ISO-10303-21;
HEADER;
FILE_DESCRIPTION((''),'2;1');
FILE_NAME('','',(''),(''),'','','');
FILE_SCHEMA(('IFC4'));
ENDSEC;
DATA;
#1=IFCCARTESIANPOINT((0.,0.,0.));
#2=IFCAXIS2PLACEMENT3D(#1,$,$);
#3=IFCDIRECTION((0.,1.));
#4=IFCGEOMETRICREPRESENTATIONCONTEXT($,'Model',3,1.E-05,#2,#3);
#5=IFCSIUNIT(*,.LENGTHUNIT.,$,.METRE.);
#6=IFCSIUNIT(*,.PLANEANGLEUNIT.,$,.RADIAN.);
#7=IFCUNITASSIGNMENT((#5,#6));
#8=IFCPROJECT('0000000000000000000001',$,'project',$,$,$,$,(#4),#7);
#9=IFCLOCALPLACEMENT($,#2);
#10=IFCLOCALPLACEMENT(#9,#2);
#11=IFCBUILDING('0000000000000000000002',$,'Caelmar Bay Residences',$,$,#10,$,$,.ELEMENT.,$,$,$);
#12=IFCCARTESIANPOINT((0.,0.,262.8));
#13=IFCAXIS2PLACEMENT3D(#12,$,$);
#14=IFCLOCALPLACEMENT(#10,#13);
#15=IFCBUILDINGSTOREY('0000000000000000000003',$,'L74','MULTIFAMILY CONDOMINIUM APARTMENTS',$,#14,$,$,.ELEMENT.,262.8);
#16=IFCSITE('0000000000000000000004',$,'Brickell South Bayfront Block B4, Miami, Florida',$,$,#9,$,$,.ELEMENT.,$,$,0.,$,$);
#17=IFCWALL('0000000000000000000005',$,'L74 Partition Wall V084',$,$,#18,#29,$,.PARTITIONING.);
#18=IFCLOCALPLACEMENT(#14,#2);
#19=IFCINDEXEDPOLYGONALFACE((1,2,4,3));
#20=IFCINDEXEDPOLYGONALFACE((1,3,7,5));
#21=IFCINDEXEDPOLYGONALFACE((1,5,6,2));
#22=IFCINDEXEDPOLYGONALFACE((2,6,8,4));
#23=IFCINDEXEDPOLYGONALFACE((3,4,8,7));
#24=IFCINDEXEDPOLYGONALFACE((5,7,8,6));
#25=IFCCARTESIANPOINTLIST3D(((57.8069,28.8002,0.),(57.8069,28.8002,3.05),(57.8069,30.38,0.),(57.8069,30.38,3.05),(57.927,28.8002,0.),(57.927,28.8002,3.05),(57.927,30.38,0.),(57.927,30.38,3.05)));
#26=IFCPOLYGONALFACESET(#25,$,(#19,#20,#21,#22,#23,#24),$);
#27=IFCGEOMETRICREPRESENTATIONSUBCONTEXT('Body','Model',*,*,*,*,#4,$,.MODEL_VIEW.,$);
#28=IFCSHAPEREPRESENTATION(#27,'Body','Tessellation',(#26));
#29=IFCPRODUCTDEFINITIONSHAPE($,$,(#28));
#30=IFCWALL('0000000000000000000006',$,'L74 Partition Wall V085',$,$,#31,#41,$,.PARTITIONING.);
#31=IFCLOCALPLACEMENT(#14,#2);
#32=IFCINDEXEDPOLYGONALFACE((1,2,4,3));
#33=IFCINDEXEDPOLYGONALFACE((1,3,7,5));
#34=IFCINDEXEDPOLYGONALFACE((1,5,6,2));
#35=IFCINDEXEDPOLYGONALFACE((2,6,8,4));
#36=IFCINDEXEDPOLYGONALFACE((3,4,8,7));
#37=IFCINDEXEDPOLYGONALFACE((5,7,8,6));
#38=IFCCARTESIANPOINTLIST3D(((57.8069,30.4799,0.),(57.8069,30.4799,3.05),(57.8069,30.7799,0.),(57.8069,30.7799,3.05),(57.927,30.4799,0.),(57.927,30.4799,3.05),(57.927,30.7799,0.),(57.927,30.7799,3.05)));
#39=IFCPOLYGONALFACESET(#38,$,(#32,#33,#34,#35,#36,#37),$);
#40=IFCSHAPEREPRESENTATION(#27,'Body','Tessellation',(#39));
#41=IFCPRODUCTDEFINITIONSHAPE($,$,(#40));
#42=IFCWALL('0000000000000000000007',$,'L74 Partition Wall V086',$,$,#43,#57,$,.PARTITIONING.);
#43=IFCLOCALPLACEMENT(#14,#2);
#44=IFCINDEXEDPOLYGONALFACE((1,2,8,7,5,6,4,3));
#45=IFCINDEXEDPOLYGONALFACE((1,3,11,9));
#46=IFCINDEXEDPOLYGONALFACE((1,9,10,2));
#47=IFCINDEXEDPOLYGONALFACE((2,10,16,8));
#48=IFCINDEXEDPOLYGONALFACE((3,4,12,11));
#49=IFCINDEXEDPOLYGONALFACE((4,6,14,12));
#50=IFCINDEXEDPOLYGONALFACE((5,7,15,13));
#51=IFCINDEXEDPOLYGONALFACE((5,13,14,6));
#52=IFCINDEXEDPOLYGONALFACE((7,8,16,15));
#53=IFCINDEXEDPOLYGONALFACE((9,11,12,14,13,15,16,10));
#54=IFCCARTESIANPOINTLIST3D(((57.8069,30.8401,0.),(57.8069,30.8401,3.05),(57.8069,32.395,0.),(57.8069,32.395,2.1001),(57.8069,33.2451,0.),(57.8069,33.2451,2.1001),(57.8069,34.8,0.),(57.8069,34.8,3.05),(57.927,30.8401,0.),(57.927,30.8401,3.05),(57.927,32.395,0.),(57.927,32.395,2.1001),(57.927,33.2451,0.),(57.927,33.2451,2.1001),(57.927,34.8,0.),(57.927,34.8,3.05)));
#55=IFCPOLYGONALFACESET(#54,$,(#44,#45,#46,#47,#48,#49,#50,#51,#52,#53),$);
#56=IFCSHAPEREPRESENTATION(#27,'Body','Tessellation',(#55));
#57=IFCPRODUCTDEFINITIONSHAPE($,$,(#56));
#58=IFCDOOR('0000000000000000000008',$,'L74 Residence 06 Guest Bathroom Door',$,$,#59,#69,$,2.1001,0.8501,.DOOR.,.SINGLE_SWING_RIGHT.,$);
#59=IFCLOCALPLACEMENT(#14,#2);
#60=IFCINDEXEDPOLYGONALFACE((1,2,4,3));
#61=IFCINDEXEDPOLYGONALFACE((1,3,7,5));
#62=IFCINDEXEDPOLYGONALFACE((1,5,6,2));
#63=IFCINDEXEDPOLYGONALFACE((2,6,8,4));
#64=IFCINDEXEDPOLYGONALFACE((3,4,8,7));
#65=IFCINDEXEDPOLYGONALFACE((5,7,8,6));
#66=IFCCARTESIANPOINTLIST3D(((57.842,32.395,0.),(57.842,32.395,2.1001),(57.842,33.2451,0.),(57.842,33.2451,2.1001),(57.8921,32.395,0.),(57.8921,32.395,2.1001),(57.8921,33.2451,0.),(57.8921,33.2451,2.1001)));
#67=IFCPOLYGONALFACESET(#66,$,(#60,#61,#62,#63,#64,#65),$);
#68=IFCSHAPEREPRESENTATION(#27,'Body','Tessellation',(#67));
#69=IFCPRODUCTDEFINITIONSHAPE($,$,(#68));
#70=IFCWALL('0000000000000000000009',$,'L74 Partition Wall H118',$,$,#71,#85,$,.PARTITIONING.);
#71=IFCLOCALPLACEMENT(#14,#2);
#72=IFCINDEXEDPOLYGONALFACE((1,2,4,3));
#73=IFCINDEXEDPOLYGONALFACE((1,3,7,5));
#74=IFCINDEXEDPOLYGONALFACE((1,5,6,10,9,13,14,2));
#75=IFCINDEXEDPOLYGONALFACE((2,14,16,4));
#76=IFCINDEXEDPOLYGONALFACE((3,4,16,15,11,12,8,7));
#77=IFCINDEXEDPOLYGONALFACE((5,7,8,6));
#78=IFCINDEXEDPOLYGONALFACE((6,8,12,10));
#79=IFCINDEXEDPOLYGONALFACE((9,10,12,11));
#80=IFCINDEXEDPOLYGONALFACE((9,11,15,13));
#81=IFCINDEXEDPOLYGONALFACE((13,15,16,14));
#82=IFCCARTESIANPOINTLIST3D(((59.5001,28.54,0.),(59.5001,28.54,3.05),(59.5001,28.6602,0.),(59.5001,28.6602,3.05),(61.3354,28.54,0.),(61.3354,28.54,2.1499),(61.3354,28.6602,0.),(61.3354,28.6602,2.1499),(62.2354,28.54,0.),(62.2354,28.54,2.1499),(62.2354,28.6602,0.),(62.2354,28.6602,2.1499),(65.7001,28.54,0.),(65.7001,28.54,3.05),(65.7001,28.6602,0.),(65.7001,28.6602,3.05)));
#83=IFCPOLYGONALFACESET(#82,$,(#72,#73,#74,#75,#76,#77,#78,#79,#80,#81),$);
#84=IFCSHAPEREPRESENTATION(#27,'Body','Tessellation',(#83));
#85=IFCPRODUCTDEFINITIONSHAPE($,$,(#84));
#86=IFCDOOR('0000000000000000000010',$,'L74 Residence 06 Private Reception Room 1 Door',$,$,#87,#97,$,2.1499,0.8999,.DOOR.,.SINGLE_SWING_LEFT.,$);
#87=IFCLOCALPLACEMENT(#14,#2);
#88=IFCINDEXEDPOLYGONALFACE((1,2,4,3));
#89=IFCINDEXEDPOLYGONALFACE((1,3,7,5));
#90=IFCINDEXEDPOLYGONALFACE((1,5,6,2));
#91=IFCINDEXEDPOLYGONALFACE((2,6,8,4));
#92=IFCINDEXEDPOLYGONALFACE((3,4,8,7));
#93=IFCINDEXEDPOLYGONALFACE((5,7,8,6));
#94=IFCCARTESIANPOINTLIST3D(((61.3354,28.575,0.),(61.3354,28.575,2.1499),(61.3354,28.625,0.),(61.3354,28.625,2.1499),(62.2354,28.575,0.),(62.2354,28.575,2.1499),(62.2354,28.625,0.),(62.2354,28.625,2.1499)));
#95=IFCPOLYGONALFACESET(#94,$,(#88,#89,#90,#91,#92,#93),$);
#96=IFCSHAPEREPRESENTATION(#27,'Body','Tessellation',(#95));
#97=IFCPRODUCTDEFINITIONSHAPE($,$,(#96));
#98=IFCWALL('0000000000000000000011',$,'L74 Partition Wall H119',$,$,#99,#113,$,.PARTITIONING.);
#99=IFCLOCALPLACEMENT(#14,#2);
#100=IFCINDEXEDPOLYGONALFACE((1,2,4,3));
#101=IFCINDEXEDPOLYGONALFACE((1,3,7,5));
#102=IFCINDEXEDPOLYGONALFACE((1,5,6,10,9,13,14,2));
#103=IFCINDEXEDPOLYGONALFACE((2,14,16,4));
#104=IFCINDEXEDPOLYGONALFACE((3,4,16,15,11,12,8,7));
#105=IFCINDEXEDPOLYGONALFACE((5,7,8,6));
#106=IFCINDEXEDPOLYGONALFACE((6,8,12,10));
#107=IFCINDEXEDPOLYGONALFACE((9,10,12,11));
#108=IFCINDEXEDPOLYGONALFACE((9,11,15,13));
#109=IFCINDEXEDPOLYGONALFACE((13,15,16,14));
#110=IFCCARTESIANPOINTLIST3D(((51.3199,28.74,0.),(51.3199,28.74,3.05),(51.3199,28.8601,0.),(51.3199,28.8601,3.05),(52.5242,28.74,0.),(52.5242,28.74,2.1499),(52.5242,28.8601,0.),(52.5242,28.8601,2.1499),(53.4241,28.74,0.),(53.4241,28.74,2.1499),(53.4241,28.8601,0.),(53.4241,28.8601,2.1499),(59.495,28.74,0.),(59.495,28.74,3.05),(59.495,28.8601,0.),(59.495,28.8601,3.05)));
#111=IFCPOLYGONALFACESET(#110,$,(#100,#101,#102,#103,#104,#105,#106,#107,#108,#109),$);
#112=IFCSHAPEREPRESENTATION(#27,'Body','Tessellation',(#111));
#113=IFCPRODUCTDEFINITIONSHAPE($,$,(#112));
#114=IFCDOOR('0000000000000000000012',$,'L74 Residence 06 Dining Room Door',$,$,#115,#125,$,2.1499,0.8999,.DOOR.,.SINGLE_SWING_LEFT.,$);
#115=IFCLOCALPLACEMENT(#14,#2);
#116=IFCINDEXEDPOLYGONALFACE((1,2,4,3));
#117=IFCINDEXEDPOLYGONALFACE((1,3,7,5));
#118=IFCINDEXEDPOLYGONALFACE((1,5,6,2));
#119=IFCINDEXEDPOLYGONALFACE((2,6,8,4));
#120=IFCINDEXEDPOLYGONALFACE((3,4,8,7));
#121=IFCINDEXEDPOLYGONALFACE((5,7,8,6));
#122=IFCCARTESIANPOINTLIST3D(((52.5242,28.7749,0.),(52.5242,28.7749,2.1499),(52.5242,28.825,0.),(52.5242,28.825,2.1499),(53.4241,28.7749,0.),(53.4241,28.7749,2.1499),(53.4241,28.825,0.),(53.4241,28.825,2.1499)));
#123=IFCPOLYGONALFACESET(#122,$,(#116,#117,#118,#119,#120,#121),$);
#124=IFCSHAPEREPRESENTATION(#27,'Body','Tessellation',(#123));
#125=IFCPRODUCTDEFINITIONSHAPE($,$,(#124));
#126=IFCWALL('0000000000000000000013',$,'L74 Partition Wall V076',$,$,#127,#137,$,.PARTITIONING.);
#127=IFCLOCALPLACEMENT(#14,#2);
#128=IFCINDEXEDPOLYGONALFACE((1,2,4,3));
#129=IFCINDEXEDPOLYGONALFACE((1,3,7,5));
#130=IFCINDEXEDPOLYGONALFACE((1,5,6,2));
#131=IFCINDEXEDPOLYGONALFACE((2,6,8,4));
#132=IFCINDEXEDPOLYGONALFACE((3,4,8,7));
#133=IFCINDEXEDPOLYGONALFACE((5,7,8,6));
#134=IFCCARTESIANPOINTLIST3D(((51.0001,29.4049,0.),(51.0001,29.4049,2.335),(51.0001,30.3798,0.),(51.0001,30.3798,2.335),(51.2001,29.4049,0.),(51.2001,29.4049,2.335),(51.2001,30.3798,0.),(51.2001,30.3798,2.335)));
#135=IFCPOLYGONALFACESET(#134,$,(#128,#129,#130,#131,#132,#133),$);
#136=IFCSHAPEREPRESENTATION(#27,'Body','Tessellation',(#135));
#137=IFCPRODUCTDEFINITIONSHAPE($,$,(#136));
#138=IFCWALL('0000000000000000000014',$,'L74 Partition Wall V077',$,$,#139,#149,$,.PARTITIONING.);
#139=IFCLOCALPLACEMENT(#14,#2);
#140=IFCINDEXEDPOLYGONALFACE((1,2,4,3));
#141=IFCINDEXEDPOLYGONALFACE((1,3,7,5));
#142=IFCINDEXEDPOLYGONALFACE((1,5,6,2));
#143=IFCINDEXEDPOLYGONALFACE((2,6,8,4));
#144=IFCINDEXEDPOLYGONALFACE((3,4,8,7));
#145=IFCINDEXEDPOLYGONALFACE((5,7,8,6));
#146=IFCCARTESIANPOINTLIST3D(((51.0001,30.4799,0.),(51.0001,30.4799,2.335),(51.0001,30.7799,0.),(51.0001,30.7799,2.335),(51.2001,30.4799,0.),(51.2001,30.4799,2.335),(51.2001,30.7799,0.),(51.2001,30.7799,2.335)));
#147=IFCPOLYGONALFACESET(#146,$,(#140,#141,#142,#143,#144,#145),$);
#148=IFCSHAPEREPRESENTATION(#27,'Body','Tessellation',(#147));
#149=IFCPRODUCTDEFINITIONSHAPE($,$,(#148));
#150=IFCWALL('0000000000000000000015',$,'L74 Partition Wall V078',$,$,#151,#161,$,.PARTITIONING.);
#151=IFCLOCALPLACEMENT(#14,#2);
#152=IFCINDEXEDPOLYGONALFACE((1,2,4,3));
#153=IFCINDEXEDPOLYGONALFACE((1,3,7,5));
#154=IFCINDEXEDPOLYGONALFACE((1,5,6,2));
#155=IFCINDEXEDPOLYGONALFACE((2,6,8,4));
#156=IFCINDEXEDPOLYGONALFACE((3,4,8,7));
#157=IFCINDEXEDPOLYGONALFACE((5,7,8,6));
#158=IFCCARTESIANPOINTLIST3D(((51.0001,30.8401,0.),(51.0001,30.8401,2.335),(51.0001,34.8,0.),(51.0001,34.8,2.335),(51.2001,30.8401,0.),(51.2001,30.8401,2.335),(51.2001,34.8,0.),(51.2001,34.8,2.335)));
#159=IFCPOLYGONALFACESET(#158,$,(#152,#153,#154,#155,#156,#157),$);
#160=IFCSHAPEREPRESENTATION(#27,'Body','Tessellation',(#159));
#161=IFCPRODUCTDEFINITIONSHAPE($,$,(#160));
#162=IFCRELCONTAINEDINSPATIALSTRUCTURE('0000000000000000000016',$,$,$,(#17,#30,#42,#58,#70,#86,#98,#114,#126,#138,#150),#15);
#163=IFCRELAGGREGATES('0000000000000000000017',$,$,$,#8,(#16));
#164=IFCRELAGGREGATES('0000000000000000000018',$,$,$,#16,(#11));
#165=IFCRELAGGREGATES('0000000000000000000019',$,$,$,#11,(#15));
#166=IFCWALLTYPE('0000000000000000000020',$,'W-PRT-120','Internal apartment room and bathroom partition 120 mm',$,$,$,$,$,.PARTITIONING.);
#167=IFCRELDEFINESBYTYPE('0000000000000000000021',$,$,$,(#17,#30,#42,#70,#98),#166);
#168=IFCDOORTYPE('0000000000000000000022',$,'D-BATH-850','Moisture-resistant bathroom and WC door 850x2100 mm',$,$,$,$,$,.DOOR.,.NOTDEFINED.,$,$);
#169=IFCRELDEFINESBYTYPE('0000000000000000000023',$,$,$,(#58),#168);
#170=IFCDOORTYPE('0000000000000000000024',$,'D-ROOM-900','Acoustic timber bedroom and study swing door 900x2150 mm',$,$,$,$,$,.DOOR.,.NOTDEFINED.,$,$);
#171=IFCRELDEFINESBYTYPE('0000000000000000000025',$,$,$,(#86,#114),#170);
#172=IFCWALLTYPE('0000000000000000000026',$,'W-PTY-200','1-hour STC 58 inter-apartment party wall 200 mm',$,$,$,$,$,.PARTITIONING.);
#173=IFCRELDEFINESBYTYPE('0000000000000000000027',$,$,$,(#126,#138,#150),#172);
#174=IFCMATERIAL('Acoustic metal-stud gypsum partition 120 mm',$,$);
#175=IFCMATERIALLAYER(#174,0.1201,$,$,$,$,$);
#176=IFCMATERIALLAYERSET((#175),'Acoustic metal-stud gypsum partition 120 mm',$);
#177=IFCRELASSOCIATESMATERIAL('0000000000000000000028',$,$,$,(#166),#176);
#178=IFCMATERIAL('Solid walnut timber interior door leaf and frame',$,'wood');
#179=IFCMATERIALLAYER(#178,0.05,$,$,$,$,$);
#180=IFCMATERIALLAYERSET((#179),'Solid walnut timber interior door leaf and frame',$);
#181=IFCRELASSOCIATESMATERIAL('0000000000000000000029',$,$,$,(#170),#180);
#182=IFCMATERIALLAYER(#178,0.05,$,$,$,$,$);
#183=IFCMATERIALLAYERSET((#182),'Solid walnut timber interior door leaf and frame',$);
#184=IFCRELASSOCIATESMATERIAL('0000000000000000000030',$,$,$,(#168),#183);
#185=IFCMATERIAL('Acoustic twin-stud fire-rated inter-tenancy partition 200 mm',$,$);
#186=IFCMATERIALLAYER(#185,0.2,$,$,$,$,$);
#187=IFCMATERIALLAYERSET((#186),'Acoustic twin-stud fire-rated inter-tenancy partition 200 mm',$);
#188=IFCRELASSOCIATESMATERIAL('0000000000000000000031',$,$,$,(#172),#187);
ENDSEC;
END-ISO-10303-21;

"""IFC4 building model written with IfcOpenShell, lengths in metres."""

from ifc_helpers import new_model, si_unit, direction, frame, frame_2d, origin, place, context, subcontext, project, spatial, rectangle, extrude, material, layer, layer_set, type_object, element, fill, save


model = new_model("IFC4")

# Units and contexts
model_context = context("Model", 3, precision=1e-05, world=origin(), true_north=direction((0.0, 1.0)))
body_context = subcontext(model_context, "Body", "Model", "MODEL_VIEW")
ifc_project = project(units=[si_unit("LENGTHUNIT", "METRE"), si_unit("PLANEANGLEUNIT", "RADIAN")], contexts=[model_context])

# Site, building, storey
site_placement = place(None, origin())
site = spatial("IfcSite", under=ifc_project, at=site_placement, Name="Brickell South Bayfront Block B4, Miami, Florida", CompositionType="ELEMENT", RefElevation=0.0)
building_placement = place(site_placement, origin())
building = spatial("IfcBuilding", under=site, at=building_placement, Name="Caelmar Bay Residences", CompositionType="ELEMENT")
storey_placement = place(building_placement, frame((0.0, 0.0, 262.8)))
storey = spatial("IfcBuildingStorey", under=building, at=storey_placement, Name="L74", Description="MULTIFAMILY CONDOMINIUM APARTMENTS", CompositionType="ELEMENT", Elevation=262.8)

# Shared definitions
ifc_material_1 = material(Name="Acoustic metal-stud gypsum partition 120 mm")
ifc_layer_1 = layer(ifc_material_1, 0.1201)
ifc_layer_set_1 = layer_set([ifc_layer_1], Name="Acoustic metal-stud gypsum partition 120 mm")
wall_type_1 = type_object("IfcWallType", Name="W-PRT-120", Description="Internal apartment room and bathroom partition 120 mm", PredefinedType="PARTITIONING", material=ifc_layer_set_1)
ifc_material_2 = material(Name="Solid walnut timber interior door leaf and frame", Category="wood")
ifc_layer_2 = layer(ifc_material_2, 0.05)
ifc_layer_set_2 = layer_set([ifc_layer_2], Name="Solid walnut timber interior door leaf and frame")
door_type_1 = type_object("IfcDoorType", Name="D-ROOM-900", Description="Acoustic timber bedroom and study swing door 900x2150 mm", OperationType="NOTDEFINED", PredefinedType="DOOR", material=ifc_layer_set_2)

# Walls
wall_1_placement = place(storey_placement, frame((57.8669, 28.8, 0.0), z_axis=(0.0, 0.0, 1.0), x_axis=(0.0, 1.0, 0.0)))
element("IfcWall", 1, at=wall_1_placement, inside=storey, type_object=wall_type_1, Name="L74 Partition Wall V084", PredefinedType="PARTITIONING", context=body_context, shape_type="SweptSolid", body=[
    extrude(rectangle(XDim=1.5798, YDim=0.1201, at=frame_2d((0.79, 0.0))), origin(), (0.0, 0.0, 1.0), 3.05),
])
wall_2_placement = place(storey_placement, frame((57.8669, 30.48, 0.0), z_axis=(0.0, 0.0, 1.0), x_axis=(0.0, 1.0, 0.0)))
element("IfcWall", 2, at=wall_2_placement, inside=storey, type_object=wall_type_1, Name="L74 Partition Wall V085", PredefinedType="PARTITIONING", context=body_context, shape_type="SweptSolid", body=[
    extrude(rectangle(XDim=0.3, YDim=0.1201, at=frame_2d((0.1499, 0.0))), origin(), (0.0, 0.0, 1.0), 3.05),
])

# Walls, openings, doors
wall_3_placement = place(storey_placement, frame((57.8669, 30.8401, 0.0), z_axis=(0.0, 0.0, 1.0), x_axis=(0.0, 1.0, 0.0)))
wall_3 = element("IfcWall", 3, at=wall_3_placement, inside=storey, type_object=wall_type_1, Name="L74 Partition Wall V086", PredefinedType="PARTITIONING", context=body_context, shape_type="SweptSolid", body=[
    extrude(rectangle(XDim=3.96, YDim=0.1201, at=frame_2d((1.98, 0.0))), origin(), (0.0, 0.0, 1.0), 3.05),
])
opening_1_placement = place(wall_3_placement, frame((1.5549, 0.0, 0.0)))
opening_1 = element("IfcOpeningElement", 4, at=opening_1_placement, cuts=wall_3, PredefinedType="OPENING", context=body_context, shape_type="SweptSolid", body=[
    extrude(rectangle(XDim=0.8501, YDim=2.1001, at=frame_2d((0.425, 1.05))), frame((0.0, 0.0701, 0.0), z_axis=(0.0, -1.0, 0.0), x_axis=(1.0, 0.0, 0.0)), (0.0, 0.0, 1.0), 0.1401),
])
ifc_layer_3 = layer(ifc_material_2, 0.05)
ifc_layer_set_3 = layer_set([ifc_layer_3], Name="Solid walnut timber interior door leaf and frame")
door_type_2 = type_object("IfcDoorType", Name="D-BATH-850", Description="Moisture-resistant bathroom and WC door 850x2100 mm", OperationType="NOTDEFINED", PredefinedType="DOOR", material=ifc_layer_set_3)
door_1_placement = place(opening_1_placement, origin())
door_1 = element("IfcDoor", 5, at=door_1_placement, inside=storey, type_object=door_type_2, Name="L74 Residence 06 Guest Bathroom Door", OperationType="SINGLE_SWING_RIGHT", OverallHeight=2.1001, OverallWidth=0.8501, PredefinedType="DOOR", context=body_context, shape_type="SweptSolid", body=[
    extrude(rectangle(XDim=0.8501, YDim=2.1001, at=frame_2d((0.425, 1.05))), frame((0.0, 0.0249, 0.0), z_axis=(0.0, -1.0, 0.0), x_axis=(1.0, 0.0, 0.0)), (0.0, 0.0, 1.0), 0.05),
])
fill(opening_1, door_1)
wall_4_placement = place(storey_placement, frame((59.5, 28.6001, 0.0), z_axis=(0.0, 0.0, 1.0), x_axis=(1.0, 0.0, 0.0)))
wall_4 = element("IfcWall", 6, at=wall_4_placement, inside=storey, type_object=wall_type_1, Name="L74 Partition Wall H118", PredefinedType="PARTITIONING", context=body_context, shape_type="SweptSolid", body=[
    extrude(rectangle(XDim=6.2, YDim=0.1201, at=frame_2d((3.1001, 0.0))), origin(), (0.0, 0.0, 1.0), 3.05),
])
opening_2_placement = place(wall_4_placement, frame((1.8354, 0.0, 0.0)))
opening_2 = element("IfcOpeningElement", 7, at=opening_2_placement, cuts=wall_4, PredefinedType="OPENING", context=body_context, shape_type="SweptSolid", body=[
    extrude(rectangle(XDim=0.8999, YDim=2.1499, at=frame_2d((0.45, 1.075))), frame((0.0, 0.0701, 0.0), z_axis=(0.0, -1.0, 0.0), x_axis=(1.0, 0.0, 0.0)), (0.0, 0.0, 1.0), 0.1401),
])
door_2_placement = place(opening_2_placement, origin())
door_2 = element("IfcDoor", 8, at=door_2_placement, inside=storey, type_object=door_type_1, Name="L74 Residence 06 Private Reception Room 1 Door", OperationType="SINGLE_SWING_LEFT", OverallHeight=2.1499, OverallWidth=0.8999, PredefinedType="DOOR", context=body_context, shape_type="SweptSolid", body=[
    extrude(rectangle(XDim=0.8999, YDim=2.1499, at=frame_2d((0.45, 1.075))), frame((0.0, 0.0249, 0.0), z_axis=(0.0, -1.0, 0.0), x_axis=(1.0, 0.0, 0.0)), (0.0, 0.0, 1.0), 0.05),
])
fill(opening_2, door_2)
wall_5_placement = place(storey_placement, frame((51.3201, 28.8, 0.0), z_axis=(0.0, 0.0, 1.0), x_axis=(1.0, 0.0, 0.0)))
wall_5 = element("IfcWall", 9, at=wall_5_placement, inside=storey, type_object=wall_type_1, Name="L74 Partition Wall H119", PredefinedType="PARTITIONING", context=body_context, shape_type="SweptSolid", body=[
    extrude(rectangle(XDim=8.175, YDim=0.1201, at=frame_2d((4.0874, 0.0))), origin(), (0.0, 0.0, 1.0), 3.05),
])
opening_3_placement = place(wall_5_placement, frame((1.2041, 0.0, 0.0)))
opening_3 = element("IfcOpeningElement", 10, at=opening_3_placement, cuts=wall_5, PredefinedType="OPENING", context=body_context, shape_type="SweptSolid", body=[
    extrude(rectangle(XDim=0.8999, YDim=2.1499, at=frame_2d((0.45, 1.075))), frame((0.0, 0.0701, 0.0), z_axis=(0.0, -1.0, 0.0), x_axis=(1.0, 0.0, 0.0)), (0.0, 0.0, 1.0), 0.1401),
])
door_3_placement = place(opening_3_placement, origin())
door_3 = element("IfcDoor", 11, at=door_3_placement, inside=storey, type_object=door_type_1, Name="L74 Residence 06 Dining Room Door", OperationType="SINGLE_SWING_LEFT", OverallHeight=2.1499, OverallWidth=0.8999, PredefinedType="DOOR", context=body_context, shape_type="SweptSolid", body=[
    extrude(rectangle(XDim=0.8999, YDim=2.1499, at=frame_2d((0.45, 1.075))), frame((0.0, 0.0249, 0.0), z_axis=(0.0, -1.0, 0.0), x_axis=(1.0, 0.0, 0.0)), (0.0, 0.0, 1.0), 0.05),
])
fill(opening_3, door_3)

# Walls
ifc_material_3 = material(Name="Acoustic twin-stud fire-rated inter-tenancy partition 200 mm")
ifc_layer_4 = layer(ifc_material_3, 0.2)
ifc_layer_set_4 = layer_set([ifc_layer_4], Name="Acoustic twin-stud fire-rated inter-tenancy partition 200 mm")
wall_type_2 = type_object("IfcWallType", Name="W-PTY-200", Description="1-hour STC 58 inter-apartment party wall 200 mm", PredefinedType="PARTITIONING", material=ifc_layer_set_4)
wall_6_placement = place(storey_placement, frame((51.1001, 29.405, 0.0), z_axis=(0.0, 0.0, 1.0), x_axis=(0.0, 1.0, 0.0)))
element("IfcWall", 12, at=wall_6_placement, inside=storey, type_object=wall_type_2, Name="L74 Partition Wall V076", PredefinedType="PARTITIONING", context=body_context, shape_type="SweptSolid", body=[
    extrude(rectangle(XDim=0.9749, YDim=0.2, at=frame_2d((0.4873, 0.0))), origin(), (0.0, 0.0, 1.0), 2.335),
])
wall_7_placement = place(storey_placement, frame((51.1001, 30.48, 0.0), z_axis=(0.0, 0.0, 1.0), x_axis=(0.0, 1.0, 0.0)))
element("IfcWall", 13, at=wall_7_placement, inside=storey, type_object=wall_type_2, Name="L74 Partition Wall V077", PredefinedType="PARTITIONING", context=body_context, shape_type="SweptSolid", body=[
    extrude(rectangle(XDim=0.3, YDim=0.2, at=frame_2d((0.1499, 0.0))), origin(), (0.0, 0.0, 1.0), 2.335),
])
wall_8_placement = place(storey_placement, frame((51.1001, 30.8401, 0.0), z_axis=(0.0, 0.0, 1.0), x_axis=(0.0, 1.0, 0.0)))
element("IfcWall", 14, at=wall_8_placement, inside=storey, type_object=wall_type_2, Name="L74 Partition Wall V078", PredefinedType="PARTITIONING", context=body_context, shape_type="SweptSolid", body=[
    extrude(rectangle(XDim=3.96, YDim=0.2, at=frame_2d((1.98, 0.0))), origin(), (0.0, 0.0, 1.0), 2.335),
])

save(model, "model.ifc")
